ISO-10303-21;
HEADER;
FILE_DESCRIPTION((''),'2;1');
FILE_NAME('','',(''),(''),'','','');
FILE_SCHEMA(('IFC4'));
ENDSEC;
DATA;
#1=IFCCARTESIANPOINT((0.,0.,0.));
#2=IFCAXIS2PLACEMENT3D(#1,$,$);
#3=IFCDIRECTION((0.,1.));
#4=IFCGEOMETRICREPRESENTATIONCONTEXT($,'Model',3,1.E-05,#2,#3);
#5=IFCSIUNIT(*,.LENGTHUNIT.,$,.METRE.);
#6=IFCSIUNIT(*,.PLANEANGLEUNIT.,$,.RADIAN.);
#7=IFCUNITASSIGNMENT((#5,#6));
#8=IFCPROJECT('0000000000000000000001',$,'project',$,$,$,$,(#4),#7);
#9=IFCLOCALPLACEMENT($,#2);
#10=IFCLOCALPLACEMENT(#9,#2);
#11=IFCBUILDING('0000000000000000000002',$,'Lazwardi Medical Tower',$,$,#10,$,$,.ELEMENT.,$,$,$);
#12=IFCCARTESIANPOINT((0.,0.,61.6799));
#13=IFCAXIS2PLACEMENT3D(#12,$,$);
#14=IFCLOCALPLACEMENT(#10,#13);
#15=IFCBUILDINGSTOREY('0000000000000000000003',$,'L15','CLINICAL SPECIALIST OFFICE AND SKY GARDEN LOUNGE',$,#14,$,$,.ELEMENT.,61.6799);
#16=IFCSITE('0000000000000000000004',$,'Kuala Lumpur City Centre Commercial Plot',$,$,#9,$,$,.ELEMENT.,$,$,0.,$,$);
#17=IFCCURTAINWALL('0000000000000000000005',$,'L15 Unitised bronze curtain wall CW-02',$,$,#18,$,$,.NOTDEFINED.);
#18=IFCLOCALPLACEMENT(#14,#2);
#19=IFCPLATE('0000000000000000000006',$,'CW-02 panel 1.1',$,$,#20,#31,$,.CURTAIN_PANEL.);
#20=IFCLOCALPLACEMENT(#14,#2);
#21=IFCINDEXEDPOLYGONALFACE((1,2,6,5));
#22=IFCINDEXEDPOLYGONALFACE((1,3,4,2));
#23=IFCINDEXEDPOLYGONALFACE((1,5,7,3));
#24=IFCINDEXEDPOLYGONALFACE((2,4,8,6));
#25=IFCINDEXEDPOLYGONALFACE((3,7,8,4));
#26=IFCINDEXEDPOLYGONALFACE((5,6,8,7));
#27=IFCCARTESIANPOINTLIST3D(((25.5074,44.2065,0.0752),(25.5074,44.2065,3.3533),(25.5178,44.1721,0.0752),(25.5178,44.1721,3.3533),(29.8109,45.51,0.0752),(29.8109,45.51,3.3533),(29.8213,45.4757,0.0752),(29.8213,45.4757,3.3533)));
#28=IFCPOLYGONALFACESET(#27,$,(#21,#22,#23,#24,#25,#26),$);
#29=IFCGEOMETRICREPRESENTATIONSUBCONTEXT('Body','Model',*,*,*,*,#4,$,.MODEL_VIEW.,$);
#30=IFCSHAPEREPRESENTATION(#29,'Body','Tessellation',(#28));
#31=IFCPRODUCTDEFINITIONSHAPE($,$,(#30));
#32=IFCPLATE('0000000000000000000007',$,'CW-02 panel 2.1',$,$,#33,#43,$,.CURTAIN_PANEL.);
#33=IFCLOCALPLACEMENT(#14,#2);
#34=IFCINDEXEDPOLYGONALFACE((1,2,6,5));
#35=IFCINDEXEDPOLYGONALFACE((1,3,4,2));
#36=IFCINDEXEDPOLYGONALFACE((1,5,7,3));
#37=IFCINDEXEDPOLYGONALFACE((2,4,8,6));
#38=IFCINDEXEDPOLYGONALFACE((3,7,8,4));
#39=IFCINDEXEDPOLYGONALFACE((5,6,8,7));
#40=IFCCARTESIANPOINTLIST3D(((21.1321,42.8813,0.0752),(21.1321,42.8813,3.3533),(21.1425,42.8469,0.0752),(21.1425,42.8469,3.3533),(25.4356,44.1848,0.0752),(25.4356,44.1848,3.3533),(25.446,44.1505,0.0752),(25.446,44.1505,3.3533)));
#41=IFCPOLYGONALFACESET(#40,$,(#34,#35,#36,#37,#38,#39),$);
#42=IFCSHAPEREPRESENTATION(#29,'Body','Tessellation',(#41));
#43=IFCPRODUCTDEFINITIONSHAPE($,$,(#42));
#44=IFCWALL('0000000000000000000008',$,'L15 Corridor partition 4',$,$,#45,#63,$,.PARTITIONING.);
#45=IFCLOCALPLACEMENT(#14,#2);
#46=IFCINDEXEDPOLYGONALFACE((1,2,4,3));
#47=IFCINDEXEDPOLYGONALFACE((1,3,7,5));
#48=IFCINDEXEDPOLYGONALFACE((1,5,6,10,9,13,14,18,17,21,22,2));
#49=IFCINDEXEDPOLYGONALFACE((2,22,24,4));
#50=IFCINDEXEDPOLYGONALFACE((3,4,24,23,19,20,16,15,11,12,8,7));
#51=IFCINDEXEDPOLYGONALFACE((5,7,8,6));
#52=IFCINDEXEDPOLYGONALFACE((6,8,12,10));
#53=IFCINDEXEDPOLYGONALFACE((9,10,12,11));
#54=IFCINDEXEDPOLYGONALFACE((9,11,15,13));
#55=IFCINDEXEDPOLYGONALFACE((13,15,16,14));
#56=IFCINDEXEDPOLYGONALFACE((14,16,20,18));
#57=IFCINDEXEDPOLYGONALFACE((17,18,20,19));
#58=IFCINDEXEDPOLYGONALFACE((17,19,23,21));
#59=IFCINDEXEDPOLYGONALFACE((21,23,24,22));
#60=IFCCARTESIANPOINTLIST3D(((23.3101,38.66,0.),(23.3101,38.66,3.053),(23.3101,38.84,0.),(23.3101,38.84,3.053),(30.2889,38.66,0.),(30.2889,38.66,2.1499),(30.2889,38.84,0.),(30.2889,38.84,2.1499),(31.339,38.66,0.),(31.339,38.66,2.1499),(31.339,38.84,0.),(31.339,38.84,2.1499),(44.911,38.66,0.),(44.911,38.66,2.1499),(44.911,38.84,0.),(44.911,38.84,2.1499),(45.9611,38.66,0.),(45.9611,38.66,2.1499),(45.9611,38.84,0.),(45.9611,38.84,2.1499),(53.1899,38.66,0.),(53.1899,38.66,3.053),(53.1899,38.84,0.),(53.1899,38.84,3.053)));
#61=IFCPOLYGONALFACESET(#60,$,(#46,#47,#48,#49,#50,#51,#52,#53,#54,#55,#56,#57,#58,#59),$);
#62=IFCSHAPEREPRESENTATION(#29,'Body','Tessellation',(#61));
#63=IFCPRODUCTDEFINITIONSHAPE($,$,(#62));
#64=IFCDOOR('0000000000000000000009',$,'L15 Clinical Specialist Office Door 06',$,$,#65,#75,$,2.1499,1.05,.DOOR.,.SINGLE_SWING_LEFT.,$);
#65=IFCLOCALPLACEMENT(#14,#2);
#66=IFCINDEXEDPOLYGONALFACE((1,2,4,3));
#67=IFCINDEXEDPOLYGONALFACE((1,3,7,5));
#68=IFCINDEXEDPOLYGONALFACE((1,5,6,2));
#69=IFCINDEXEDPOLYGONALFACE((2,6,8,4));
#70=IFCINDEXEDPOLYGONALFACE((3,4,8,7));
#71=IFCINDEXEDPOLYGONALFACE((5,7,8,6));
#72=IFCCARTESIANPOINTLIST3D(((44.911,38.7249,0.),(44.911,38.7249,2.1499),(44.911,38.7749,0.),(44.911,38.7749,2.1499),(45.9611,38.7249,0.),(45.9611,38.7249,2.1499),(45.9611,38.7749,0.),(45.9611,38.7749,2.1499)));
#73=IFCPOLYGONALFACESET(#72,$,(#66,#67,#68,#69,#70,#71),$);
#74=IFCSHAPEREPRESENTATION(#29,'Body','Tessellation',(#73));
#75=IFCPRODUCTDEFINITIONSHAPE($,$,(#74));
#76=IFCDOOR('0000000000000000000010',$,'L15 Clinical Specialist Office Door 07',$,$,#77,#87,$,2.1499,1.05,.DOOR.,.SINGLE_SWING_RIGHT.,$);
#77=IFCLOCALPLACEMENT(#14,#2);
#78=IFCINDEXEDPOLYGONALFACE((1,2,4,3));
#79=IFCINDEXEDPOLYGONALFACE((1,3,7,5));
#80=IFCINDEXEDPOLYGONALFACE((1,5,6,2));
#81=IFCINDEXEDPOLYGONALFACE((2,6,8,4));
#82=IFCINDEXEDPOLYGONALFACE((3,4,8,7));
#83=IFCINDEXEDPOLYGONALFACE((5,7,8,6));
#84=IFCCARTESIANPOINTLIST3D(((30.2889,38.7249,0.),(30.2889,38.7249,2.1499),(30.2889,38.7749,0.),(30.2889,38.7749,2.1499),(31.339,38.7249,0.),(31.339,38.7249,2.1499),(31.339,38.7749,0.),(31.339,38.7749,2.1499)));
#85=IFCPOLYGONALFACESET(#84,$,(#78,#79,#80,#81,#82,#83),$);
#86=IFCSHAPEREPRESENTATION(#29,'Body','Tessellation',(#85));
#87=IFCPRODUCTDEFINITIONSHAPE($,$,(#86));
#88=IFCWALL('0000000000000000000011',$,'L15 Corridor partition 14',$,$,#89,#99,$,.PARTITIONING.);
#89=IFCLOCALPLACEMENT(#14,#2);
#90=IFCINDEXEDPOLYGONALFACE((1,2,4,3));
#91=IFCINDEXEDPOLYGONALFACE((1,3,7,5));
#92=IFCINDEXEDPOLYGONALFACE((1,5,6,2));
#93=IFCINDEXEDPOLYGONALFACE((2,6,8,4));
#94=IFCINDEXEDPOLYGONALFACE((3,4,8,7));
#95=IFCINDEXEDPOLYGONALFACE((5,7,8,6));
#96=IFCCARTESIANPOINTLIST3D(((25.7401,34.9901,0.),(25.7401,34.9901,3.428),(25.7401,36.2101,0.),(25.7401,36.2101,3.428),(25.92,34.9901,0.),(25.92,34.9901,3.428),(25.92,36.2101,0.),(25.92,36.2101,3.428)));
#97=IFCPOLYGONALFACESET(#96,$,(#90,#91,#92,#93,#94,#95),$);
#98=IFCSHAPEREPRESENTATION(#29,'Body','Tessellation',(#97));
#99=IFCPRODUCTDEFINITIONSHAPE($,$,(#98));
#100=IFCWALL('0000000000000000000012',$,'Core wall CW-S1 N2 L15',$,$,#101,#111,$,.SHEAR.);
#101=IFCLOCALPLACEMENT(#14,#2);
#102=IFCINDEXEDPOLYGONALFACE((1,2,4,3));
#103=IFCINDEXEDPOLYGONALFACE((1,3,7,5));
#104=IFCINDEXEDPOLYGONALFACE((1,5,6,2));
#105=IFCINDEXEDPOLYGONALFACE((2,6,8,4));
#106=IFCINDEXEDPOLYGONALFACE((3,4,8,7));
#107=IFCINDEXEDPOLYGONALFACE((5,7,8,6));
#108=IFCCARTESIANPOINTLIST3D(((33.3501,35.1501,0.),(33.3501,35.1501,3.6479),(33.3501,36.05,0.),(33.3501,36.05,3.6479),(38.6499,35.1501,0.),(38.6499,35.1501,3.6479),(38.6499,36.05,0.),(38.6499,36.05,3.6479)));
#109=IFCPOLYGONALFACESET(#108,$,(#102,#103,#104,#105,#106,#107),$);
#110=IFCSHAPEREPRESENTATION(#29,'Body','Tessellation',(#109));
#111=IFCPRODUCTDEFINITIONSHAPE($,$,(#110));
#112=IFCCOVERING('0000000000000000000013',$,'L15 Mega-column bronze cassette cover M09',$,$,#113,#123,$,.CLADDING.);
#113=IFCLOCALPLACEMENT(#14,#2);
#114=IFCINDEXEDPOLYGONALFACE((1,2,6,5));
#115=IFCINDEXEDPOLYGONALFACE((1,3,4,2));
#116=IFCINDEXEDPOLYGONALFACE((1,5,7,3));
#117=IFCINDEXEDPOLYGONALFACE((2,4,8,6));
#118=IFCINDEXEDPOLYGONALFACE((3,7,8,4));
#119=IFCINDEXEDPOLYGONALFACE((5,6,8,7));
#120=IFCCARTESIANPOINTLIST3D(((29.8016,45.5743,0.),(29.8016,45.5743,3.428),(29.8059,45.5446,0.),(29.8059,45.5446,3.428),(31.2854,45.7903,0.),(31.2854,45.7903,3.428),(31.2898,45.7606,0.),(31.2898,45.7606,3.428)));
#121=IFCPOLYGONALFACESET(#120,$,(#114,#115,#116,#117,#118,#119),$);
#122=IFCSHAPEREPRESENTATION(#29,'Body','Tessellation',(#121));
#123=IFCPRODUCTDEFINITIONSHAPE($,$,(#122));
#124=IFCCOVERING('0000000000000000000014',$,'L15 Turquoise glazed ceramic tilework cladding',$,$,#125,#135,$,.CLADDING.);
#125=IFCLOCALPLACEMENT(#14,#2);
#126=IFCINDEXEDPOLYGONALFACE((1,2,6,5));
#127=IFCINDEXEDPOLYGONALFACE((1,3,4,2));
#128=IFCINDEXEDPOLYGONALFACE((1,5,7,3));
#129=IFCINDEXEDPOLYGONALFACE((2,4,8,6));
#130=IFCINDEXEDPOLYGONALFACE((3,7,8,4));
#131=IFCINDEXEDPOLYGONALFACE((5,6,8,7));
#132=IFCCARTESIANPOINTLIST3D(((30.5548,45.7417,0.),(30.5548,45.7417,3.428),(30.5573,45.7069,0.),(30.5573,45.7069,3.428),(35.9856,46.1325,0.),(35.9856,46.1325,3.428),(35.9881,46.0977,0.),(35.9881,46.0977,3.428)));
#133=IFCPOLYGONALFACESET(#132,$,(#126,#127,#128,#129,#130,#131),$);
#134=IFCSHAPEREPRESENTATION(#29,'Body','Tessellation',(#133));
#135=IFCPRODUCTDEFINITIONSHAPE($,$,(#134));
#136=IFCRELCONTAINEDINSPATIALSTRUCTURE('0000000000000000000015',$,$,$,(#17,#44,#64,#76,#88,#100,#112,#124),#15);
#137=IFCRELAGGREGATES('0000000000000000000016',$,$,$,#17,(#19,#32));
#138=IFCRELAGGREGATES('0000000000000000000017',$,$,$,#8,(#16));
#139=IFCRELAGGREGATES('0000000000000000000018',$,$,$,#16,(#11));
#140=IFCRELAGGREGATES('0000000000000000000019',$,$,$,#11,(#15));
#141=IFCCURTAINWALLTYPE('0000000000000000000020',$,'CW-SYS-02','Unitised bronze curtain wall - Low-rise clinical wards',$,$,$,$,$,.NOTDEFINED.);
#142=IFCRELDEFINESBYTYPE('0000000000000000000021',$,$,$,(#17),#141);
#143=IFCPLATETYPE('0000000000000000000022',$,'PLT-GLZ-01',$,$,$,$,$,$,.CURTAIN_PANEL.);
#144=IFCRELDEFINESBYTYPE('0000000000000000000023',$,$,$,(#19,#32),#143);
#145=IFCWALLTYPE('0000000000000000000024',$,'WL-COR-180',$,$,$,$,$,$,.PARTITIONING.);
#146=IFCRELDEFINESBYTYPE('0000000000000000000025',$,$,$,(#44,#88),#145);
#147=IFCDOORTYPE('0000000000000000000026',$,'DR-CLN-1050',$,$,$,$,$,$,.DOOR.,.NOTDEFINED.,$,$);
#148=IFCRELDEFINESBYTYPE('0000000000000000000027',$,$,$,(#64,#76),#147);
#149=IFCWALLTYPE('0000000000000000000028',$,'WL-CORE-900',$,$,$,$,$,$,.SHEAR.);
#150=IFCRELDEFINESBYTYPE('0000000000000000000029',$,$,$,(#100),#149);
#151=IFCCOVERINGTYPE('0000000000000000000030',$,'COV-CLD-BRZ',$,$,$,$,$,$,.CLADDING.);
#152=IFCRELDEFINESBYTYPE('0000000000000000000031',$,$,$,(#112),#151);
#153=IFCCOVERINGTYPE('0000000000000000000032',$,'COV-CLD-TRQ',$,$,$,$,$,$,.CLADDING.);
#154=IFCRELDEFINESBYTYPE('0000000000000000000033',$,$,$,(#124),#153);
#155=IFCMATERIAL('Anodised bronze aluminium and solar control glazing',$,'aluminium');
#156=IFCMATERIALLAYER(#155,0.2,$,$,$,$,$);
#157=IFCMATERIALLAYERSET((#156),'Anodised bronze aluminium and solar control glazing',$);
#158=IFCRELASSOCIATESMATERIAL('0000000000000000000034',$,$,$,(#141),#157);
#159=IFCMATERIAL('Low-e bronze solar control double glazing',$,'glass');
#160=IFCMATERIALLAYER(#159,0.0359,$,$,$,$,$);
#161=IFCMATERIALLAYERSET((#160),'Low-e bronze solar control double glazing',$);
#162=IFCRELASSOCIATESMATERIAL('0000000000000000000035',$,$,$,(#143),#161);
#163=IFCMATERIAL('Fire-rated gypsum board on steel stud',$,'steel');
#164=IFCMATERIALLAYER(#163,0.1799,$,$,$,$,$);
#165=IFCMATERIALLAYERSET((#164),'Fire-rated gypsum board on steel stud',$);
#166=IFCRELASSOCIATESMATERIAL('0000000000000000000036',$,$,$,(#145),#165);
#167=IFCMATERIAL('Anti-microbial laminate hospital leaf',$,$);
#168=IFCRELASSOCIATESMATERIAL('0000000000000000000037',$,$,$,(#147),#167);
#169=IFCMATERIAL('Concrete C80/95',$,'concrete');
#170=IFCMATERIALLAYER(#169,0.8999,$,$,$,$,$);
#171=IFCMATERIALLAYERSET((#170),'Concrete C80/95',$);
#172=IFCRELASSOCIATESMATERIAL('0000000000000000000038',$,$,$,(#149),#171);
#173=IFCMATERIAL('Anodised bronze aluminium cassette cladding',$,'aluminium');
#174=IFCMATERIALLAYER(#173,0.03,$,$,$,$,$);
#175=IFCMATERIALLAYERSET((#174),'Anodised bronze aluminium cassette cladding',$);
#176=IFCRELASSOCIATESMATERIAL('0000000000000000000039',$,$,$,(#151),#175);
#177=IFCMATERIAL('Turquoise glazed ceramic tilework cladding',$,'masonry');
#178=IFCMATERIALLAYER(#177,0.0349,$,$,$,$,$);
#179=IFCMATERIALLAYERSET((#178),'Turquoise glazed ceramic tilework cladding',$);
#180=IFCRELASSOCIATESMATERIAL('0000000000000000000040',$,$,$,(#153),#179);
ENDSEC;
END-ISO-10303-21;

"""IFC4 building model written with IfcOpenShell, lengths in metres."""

from ifc_helpers import new_model, si_unit, direction, frame, frame_2d, origin, origin_2d, place, context, subcontext, project, spatial, rectangle, extrude, material, layer, layer_set, type_object, element, fill, aggregate, save


model = new_model("IFC4")

# Units and contexts
model_context = context("Model", 3, precision=1e-05, world=origin(), true_north=direction((0.0, 1.0)))
body_context = subcontext(model_context, "Body", "Model", "MODEL_VIEW")
ifc_project = project(units=[si_unit("LENGTHUNIT", "METRE"), si_unit("PLANEANGLEUNIT", "RADIAN")], contexts=[model_context])

# Site, building, storey
site_placement = place(None, origin())
site = spatial("IfcSite", under=ifc_project, at=site_placement, Name="Kuala Lumpur City Centre Commercial Plot", CompositionType="ELEMENT", RefElevation=0.0)
building_placement = place(site_placement, origin())
building = spatial("IfcBuilding", under=site, at=building_placement, Name="Lazwardi Medical Tower", CompositionType="ELEMENT")
storey_placement = place(building_placement, frame((0.0, 0.0, 61.6799)))
storey = spatial("IfcBuildingStorey", under=building, at=storey_placement, Name="L15", Description="CLINICAL SPECIALIST OFFICE AND SKY GARDEN LOUNGE", CompositionType="ELEMENT", Elevation=61.6799)

# Curtain wall, plates
ifc_material_1 = material(Name="Anodised bronze aluminium and solar control glazing", Category="aluminium")
ifc_layer_1 = layer(ifc_material_1, 0.2)
ifc_layer_set_1 = layer_set([ifc_layer_1], Name="Anodised bronze aluminium and solar control glazing")
curtain_wall_type = type_object("IfcCurtainWallType", Name="CW-SYS-02", Description="Unitised bronze curtain wall - Low-rise clinical wards", PredefinedType="NOTDEFINED", material=ifc_layer_set_1)
curtain_wall_placement = place(storey_placement, origin())
curtain_wall = element("IfcCurtainWall", 1, at=curtain_wall_placement, inside=storey, type_object=curtain_wall_type, Name="L15 Unitised bronze curtain wall CW-02", PredefinedType="NOTDEFINED")
ifc_material_2 = material(Name="Low-e bronze solar control double glazing", Category="glass")
ifc_layer_2 = layer(ifc_material_2, 0.0359)
ifc_layer_set_2 = layer_set([ifc_layer_2], Name="Low-e bronze solar control double glazing")
plate_type = type_object("IfcPlateType", Name="PLT-GLZ-01", PredefinedType="CURTAIN_PANEL", material=ifc_layer_set_2)
plate_1_placement = place(storey_placement, frame((27.6643, 44.8411, 0.0752), z_axis=(0.0, 0.0, 1.0), x_axis=(-0.957058, -0.289896, 0.0)))
plate_1 = element("IfcPlate", 2, at=plate_1_placement, type_object=plate_type, Name="CW-02 panel 1.1", PredefinedType="CURTAIN_PANEL", context=body_context, shape_type="SweptSolid", body=[
    extrude(rectangle(XDim=4.4966, YDim=0.0359, at=origin_2d()), origin(), (0.0, 0.0, 1.0), 3.2781),
])
plate_2_placement = place(storey_placement, frame((23.2891, 43.5159, 0.0752), z_axis=(0.0, 0.0, 1.0), x_axis=(-0.957058, -0.289896, 0.0)))
plate_2 = element("IfcPlate", 3, at=plate_2_placement, type_object=plate_type, Name="CW-02 panel 2.1", PredefinedType="CURTAIN_PANEL", context=body_context, shape_type="SweptSolid", body=[
    extrude(rectangle(XDim=4.4966, YDim=0.0359, at=origin_2d()), origin(), (0.0, 0.0, 1.0), 3.2781),
])
aggregate(curtain_wall, [plate_1, plate_2])

# Wall, openings, doors
ifc_material_3 = material(Name="Fire-rated gypsum board on steel stud", Category="steel")
ifc_layer_3 = layer(ifc_material_3, 0.1799)
ifc_layer_set_3 = layer_set([ifc_layer_3], Name="Fire-rated gypsum board on steel stud")
wall_type_1 = type_object("IfcWallType", Name="WL-COR-180", PredefinedType="PARTITIONING", material=ifc_layer_set_3)
wall_1_placement = place(storey_placement, frame((23.3101, 38.75, 0.0), z_axis=(0.0, 0.0, 1.0), x_axis=(1.0, 0.0, 0.0)))
wall_1 = element("IfcWall", 4, at=wall_1_placement, inside=storey, type_object=wall_type_1, Name="L15 Corridor partition 4", PredefinedType="PARTITIONING", context=body_context, shape_type="SweptSolid", body=[
    extrude(rectangle(XDim=29.8799, YDim=0.1799, at=frame_2d((14.9399, 0.0))), origin(), (0.0, 0.0, 1.0), 3.053),
])
opening_1_placement = place(wall_1_placement, frame((21.6011, 0.0, 0.0)))
opening_1 = element("IfcOpeningElement", 5, at=opening_1_placement, cuts=wall_1, PredefinedType="OPENING", context=body_context, shape_type="SweptSolid", body=[
    extrude(rectangle(XDim=1.05, YDim=2.1499, at=frame_2d((0.5249, 1.075))), frame((0.0, 0.0999, 0.0), z_axis=(0.0, -1.0, 0.0), x_axis=(1.0, 0.0, 0.0)), (0.0, 0.0, 1.0), 0.2),
])
opening_2_placement = place(wall_1_placement, frame((6.979, 0.0, 0.0)))
opening_2 = element("IfcOpeningElement", 6, at=opening_2_placement, cuts=wall_1, PredefinedType="OPENING", context=body_context, shape_type="SweptSolid", body=[
    extrude(rectangle(XDim=1.05, YDim=2.1499, at=frame_2d((0.5249, 1.075))), frame((0.0, 0.0999, 0.0), z_axis=(0.0, -1.0, 0.0), x_axis=(1.0, 0.0, 0.0)), (0.0, 0.0, 1.0), 0.2),
])
ifc_material_4 = material(Name="Anti-microbial laminate hospital leaf")
door_type = type_object("IfcDoorType", Name="DR-CLN-1050", OperationType="NOTDEFINED", PredefinedType="DOOR", material=ifc_material_4)
door_1_placement = place(opening_1_placement, origin())
door_1 = element("IfcDoor", 7, at=door_1_placement, inside=storey, type_object=door_type, Name="L15 Clinical Specialist Office Door 06", OperationType="SINGLE_SWING_LEFT", OverallHeight=2.1499, OverallWidth=1.05, PredefinedType="DOOR", context=body_context, shape_type="SweptSolid", body=[
    extrude(rectangle(XDim=1.05, YDim=2.1499, at=frame_2d((0.5249, 1.075))), frame((0.0, 0.0249, 0.0), z_axis=(0.0, -1.0, 0.0), x_axis=(1.0, 0.0, 0.0)), (0.0, 0.0, 1.0), 0.05),
])
fill(opening_1, door_1)
door_2_placement = place(opening_2_placement, origin())
door_2 = element("IfcDoor", 8, at=door_2_placement, inside=storey, type_object=door_type, Name="L15 Clinical Specialist Office Door 07", OperationType="SINGLE_SWING_RIGHT", OverallHeight=2.1499, OverallWidth=1.05, PredefinedType="DOOR", context=body_context, shape_type="SweptSolid", body=[
    extrude(rectangle(XDim=1.05, YDim=2.1499, at=frame_2d((0.5249, 1.075))), frame((0.0, 0.0249, 0.0), z_axis=(0.0, -1.0, 0.0), x_axis=(1.0, 0.0, 0.0)), (0.0, 0.0, 1.0), 0.05),
])
fill(opening_2, door_2)

# Walls
wall_2_placement = place(storey_placement, frame((25.8301, 36.21, 0.0), z_axis=(0.0, 0.0, 1.0), x_axis=(0.0, -1.0, 0.0)))
element("IfcWall", 9, at=wall_2_placement, inside=storey, type_object=wall_type_1, Name="L15 Corridor partition 14", PredefinedType="PARTITIONING", context=body_context, shape_type="SweptSolid", body=[
    extrude(rectangle(XDim=1.22, YDim=0.1799, at=frame_2d((0.6099, 0.0))), origin(), (0.0, 0.0, 1.0), 3.428),
])
ifc_material_5 = material(Name="Concrete C80/95", Category="concrete")
ifc_layer_4 = layer(ifc_material_5, 0.8999)
ifc_layer_set_4 = layer_set([ifc_layer_4], Name="Concrete C80/95")
wall_type_2 = type_object("IfcWallType", Name="WL-CORE-900", PredefinedType="SHEAR", material=ifc_layer_set_4)
wall_3_placement = place(storey_placement, frame((33.3501, 35.6001, 0.0), z_axis=(0.0, 0.0, 1.0), x_axis=(1.0, 0.0, 0.0)))
element("IfcWall", 10, at=wall_3_placement, inside=storey, type_object=wall_type_2, Name="Core wall CW-S1 N2 L15", PredefinedType="SHEAR", context=body_context, shape_type="SweptSolid", body=[
    extrude(rectangle(XDim=5.2998, YDim=0.8999, at=frame_2d((2.6499, 0.0))), origin(), (0.0, 0.0, 1.0), 3.6479),
])

# Coverings
ifc_material_6 = material(Name="Anodised bronze aluminium cassette cladding", Category="aluminium")
ifc_layer_5 = layer(ifc_material_6, 0.03)
ifc_layer_set_5 = layer_set([ifc_layer_5], Name="Anodised bronze aluminium cassette cladding")
covering_type_1 = type_object("IfcCoveringType", Name="COV-CLD-BRZ", PredefinedType="CLADDING", material=ifc_layer_set_5)
covering_1_placement = place(storey_placement, frame((30.5457, 45.6675, 0.0), z_axis=(0.0, 0.0, 1.0), x_axis=(-0.989573, -0.144035, 0.0)))
element("IfcCovering", 11, at=covering_1_placement, inside=storey, type_object=covering_type_1, Name="L15 Mega-column bronze cassette cover M09", PredefinedType="CLADDING", context=body_context, shape_type="SweptSolid", body=[
    extrude(rectangle(XDim=1.4995, YDim=0.03, at=origin_2d()), origin(), (0.0, 0.0, 1.0), 3.428),
])
ifc_material_7 = material(Name="Turquoise glazed ceramic tilework cladding", Category="masonry")
ifc_layer_6 = layer(ifc_material_7, 0.0349)
ifc_layer_set_6 = layer_set([ifc_layer_6], Name="Turquoise glazed ceramic tilework cladding")
covering_type_2 = type_object("IfcCoveringType", Name="COV-CLD-TRQ", PredefinedType="CLADDING", material=ifc_layer_set_6)
covering_2_placement = place(storey_placement, frame((33.2715, 45.9197, 0.0), z_axis=(0.0, 0.0, 1.0), x_axis=(-0.997421, -0.071774, 0.0)))
element("IfcCovering", 12, at=covering_2_placement, inside=storey, type_object=covering_type_2, Name="L15 Turquoise glazed ceramic tilework cladding", PredefinedType="CLADDING", context=body_context, shape_type="SweptSolid", body=[
    extrude(rectangle(XDim=5.4448, YDim=0.0349, at=origin_2d()), origin(), (0.0, 0.0, 1.0), 3.428),
])

save(model, "model.ifc")
